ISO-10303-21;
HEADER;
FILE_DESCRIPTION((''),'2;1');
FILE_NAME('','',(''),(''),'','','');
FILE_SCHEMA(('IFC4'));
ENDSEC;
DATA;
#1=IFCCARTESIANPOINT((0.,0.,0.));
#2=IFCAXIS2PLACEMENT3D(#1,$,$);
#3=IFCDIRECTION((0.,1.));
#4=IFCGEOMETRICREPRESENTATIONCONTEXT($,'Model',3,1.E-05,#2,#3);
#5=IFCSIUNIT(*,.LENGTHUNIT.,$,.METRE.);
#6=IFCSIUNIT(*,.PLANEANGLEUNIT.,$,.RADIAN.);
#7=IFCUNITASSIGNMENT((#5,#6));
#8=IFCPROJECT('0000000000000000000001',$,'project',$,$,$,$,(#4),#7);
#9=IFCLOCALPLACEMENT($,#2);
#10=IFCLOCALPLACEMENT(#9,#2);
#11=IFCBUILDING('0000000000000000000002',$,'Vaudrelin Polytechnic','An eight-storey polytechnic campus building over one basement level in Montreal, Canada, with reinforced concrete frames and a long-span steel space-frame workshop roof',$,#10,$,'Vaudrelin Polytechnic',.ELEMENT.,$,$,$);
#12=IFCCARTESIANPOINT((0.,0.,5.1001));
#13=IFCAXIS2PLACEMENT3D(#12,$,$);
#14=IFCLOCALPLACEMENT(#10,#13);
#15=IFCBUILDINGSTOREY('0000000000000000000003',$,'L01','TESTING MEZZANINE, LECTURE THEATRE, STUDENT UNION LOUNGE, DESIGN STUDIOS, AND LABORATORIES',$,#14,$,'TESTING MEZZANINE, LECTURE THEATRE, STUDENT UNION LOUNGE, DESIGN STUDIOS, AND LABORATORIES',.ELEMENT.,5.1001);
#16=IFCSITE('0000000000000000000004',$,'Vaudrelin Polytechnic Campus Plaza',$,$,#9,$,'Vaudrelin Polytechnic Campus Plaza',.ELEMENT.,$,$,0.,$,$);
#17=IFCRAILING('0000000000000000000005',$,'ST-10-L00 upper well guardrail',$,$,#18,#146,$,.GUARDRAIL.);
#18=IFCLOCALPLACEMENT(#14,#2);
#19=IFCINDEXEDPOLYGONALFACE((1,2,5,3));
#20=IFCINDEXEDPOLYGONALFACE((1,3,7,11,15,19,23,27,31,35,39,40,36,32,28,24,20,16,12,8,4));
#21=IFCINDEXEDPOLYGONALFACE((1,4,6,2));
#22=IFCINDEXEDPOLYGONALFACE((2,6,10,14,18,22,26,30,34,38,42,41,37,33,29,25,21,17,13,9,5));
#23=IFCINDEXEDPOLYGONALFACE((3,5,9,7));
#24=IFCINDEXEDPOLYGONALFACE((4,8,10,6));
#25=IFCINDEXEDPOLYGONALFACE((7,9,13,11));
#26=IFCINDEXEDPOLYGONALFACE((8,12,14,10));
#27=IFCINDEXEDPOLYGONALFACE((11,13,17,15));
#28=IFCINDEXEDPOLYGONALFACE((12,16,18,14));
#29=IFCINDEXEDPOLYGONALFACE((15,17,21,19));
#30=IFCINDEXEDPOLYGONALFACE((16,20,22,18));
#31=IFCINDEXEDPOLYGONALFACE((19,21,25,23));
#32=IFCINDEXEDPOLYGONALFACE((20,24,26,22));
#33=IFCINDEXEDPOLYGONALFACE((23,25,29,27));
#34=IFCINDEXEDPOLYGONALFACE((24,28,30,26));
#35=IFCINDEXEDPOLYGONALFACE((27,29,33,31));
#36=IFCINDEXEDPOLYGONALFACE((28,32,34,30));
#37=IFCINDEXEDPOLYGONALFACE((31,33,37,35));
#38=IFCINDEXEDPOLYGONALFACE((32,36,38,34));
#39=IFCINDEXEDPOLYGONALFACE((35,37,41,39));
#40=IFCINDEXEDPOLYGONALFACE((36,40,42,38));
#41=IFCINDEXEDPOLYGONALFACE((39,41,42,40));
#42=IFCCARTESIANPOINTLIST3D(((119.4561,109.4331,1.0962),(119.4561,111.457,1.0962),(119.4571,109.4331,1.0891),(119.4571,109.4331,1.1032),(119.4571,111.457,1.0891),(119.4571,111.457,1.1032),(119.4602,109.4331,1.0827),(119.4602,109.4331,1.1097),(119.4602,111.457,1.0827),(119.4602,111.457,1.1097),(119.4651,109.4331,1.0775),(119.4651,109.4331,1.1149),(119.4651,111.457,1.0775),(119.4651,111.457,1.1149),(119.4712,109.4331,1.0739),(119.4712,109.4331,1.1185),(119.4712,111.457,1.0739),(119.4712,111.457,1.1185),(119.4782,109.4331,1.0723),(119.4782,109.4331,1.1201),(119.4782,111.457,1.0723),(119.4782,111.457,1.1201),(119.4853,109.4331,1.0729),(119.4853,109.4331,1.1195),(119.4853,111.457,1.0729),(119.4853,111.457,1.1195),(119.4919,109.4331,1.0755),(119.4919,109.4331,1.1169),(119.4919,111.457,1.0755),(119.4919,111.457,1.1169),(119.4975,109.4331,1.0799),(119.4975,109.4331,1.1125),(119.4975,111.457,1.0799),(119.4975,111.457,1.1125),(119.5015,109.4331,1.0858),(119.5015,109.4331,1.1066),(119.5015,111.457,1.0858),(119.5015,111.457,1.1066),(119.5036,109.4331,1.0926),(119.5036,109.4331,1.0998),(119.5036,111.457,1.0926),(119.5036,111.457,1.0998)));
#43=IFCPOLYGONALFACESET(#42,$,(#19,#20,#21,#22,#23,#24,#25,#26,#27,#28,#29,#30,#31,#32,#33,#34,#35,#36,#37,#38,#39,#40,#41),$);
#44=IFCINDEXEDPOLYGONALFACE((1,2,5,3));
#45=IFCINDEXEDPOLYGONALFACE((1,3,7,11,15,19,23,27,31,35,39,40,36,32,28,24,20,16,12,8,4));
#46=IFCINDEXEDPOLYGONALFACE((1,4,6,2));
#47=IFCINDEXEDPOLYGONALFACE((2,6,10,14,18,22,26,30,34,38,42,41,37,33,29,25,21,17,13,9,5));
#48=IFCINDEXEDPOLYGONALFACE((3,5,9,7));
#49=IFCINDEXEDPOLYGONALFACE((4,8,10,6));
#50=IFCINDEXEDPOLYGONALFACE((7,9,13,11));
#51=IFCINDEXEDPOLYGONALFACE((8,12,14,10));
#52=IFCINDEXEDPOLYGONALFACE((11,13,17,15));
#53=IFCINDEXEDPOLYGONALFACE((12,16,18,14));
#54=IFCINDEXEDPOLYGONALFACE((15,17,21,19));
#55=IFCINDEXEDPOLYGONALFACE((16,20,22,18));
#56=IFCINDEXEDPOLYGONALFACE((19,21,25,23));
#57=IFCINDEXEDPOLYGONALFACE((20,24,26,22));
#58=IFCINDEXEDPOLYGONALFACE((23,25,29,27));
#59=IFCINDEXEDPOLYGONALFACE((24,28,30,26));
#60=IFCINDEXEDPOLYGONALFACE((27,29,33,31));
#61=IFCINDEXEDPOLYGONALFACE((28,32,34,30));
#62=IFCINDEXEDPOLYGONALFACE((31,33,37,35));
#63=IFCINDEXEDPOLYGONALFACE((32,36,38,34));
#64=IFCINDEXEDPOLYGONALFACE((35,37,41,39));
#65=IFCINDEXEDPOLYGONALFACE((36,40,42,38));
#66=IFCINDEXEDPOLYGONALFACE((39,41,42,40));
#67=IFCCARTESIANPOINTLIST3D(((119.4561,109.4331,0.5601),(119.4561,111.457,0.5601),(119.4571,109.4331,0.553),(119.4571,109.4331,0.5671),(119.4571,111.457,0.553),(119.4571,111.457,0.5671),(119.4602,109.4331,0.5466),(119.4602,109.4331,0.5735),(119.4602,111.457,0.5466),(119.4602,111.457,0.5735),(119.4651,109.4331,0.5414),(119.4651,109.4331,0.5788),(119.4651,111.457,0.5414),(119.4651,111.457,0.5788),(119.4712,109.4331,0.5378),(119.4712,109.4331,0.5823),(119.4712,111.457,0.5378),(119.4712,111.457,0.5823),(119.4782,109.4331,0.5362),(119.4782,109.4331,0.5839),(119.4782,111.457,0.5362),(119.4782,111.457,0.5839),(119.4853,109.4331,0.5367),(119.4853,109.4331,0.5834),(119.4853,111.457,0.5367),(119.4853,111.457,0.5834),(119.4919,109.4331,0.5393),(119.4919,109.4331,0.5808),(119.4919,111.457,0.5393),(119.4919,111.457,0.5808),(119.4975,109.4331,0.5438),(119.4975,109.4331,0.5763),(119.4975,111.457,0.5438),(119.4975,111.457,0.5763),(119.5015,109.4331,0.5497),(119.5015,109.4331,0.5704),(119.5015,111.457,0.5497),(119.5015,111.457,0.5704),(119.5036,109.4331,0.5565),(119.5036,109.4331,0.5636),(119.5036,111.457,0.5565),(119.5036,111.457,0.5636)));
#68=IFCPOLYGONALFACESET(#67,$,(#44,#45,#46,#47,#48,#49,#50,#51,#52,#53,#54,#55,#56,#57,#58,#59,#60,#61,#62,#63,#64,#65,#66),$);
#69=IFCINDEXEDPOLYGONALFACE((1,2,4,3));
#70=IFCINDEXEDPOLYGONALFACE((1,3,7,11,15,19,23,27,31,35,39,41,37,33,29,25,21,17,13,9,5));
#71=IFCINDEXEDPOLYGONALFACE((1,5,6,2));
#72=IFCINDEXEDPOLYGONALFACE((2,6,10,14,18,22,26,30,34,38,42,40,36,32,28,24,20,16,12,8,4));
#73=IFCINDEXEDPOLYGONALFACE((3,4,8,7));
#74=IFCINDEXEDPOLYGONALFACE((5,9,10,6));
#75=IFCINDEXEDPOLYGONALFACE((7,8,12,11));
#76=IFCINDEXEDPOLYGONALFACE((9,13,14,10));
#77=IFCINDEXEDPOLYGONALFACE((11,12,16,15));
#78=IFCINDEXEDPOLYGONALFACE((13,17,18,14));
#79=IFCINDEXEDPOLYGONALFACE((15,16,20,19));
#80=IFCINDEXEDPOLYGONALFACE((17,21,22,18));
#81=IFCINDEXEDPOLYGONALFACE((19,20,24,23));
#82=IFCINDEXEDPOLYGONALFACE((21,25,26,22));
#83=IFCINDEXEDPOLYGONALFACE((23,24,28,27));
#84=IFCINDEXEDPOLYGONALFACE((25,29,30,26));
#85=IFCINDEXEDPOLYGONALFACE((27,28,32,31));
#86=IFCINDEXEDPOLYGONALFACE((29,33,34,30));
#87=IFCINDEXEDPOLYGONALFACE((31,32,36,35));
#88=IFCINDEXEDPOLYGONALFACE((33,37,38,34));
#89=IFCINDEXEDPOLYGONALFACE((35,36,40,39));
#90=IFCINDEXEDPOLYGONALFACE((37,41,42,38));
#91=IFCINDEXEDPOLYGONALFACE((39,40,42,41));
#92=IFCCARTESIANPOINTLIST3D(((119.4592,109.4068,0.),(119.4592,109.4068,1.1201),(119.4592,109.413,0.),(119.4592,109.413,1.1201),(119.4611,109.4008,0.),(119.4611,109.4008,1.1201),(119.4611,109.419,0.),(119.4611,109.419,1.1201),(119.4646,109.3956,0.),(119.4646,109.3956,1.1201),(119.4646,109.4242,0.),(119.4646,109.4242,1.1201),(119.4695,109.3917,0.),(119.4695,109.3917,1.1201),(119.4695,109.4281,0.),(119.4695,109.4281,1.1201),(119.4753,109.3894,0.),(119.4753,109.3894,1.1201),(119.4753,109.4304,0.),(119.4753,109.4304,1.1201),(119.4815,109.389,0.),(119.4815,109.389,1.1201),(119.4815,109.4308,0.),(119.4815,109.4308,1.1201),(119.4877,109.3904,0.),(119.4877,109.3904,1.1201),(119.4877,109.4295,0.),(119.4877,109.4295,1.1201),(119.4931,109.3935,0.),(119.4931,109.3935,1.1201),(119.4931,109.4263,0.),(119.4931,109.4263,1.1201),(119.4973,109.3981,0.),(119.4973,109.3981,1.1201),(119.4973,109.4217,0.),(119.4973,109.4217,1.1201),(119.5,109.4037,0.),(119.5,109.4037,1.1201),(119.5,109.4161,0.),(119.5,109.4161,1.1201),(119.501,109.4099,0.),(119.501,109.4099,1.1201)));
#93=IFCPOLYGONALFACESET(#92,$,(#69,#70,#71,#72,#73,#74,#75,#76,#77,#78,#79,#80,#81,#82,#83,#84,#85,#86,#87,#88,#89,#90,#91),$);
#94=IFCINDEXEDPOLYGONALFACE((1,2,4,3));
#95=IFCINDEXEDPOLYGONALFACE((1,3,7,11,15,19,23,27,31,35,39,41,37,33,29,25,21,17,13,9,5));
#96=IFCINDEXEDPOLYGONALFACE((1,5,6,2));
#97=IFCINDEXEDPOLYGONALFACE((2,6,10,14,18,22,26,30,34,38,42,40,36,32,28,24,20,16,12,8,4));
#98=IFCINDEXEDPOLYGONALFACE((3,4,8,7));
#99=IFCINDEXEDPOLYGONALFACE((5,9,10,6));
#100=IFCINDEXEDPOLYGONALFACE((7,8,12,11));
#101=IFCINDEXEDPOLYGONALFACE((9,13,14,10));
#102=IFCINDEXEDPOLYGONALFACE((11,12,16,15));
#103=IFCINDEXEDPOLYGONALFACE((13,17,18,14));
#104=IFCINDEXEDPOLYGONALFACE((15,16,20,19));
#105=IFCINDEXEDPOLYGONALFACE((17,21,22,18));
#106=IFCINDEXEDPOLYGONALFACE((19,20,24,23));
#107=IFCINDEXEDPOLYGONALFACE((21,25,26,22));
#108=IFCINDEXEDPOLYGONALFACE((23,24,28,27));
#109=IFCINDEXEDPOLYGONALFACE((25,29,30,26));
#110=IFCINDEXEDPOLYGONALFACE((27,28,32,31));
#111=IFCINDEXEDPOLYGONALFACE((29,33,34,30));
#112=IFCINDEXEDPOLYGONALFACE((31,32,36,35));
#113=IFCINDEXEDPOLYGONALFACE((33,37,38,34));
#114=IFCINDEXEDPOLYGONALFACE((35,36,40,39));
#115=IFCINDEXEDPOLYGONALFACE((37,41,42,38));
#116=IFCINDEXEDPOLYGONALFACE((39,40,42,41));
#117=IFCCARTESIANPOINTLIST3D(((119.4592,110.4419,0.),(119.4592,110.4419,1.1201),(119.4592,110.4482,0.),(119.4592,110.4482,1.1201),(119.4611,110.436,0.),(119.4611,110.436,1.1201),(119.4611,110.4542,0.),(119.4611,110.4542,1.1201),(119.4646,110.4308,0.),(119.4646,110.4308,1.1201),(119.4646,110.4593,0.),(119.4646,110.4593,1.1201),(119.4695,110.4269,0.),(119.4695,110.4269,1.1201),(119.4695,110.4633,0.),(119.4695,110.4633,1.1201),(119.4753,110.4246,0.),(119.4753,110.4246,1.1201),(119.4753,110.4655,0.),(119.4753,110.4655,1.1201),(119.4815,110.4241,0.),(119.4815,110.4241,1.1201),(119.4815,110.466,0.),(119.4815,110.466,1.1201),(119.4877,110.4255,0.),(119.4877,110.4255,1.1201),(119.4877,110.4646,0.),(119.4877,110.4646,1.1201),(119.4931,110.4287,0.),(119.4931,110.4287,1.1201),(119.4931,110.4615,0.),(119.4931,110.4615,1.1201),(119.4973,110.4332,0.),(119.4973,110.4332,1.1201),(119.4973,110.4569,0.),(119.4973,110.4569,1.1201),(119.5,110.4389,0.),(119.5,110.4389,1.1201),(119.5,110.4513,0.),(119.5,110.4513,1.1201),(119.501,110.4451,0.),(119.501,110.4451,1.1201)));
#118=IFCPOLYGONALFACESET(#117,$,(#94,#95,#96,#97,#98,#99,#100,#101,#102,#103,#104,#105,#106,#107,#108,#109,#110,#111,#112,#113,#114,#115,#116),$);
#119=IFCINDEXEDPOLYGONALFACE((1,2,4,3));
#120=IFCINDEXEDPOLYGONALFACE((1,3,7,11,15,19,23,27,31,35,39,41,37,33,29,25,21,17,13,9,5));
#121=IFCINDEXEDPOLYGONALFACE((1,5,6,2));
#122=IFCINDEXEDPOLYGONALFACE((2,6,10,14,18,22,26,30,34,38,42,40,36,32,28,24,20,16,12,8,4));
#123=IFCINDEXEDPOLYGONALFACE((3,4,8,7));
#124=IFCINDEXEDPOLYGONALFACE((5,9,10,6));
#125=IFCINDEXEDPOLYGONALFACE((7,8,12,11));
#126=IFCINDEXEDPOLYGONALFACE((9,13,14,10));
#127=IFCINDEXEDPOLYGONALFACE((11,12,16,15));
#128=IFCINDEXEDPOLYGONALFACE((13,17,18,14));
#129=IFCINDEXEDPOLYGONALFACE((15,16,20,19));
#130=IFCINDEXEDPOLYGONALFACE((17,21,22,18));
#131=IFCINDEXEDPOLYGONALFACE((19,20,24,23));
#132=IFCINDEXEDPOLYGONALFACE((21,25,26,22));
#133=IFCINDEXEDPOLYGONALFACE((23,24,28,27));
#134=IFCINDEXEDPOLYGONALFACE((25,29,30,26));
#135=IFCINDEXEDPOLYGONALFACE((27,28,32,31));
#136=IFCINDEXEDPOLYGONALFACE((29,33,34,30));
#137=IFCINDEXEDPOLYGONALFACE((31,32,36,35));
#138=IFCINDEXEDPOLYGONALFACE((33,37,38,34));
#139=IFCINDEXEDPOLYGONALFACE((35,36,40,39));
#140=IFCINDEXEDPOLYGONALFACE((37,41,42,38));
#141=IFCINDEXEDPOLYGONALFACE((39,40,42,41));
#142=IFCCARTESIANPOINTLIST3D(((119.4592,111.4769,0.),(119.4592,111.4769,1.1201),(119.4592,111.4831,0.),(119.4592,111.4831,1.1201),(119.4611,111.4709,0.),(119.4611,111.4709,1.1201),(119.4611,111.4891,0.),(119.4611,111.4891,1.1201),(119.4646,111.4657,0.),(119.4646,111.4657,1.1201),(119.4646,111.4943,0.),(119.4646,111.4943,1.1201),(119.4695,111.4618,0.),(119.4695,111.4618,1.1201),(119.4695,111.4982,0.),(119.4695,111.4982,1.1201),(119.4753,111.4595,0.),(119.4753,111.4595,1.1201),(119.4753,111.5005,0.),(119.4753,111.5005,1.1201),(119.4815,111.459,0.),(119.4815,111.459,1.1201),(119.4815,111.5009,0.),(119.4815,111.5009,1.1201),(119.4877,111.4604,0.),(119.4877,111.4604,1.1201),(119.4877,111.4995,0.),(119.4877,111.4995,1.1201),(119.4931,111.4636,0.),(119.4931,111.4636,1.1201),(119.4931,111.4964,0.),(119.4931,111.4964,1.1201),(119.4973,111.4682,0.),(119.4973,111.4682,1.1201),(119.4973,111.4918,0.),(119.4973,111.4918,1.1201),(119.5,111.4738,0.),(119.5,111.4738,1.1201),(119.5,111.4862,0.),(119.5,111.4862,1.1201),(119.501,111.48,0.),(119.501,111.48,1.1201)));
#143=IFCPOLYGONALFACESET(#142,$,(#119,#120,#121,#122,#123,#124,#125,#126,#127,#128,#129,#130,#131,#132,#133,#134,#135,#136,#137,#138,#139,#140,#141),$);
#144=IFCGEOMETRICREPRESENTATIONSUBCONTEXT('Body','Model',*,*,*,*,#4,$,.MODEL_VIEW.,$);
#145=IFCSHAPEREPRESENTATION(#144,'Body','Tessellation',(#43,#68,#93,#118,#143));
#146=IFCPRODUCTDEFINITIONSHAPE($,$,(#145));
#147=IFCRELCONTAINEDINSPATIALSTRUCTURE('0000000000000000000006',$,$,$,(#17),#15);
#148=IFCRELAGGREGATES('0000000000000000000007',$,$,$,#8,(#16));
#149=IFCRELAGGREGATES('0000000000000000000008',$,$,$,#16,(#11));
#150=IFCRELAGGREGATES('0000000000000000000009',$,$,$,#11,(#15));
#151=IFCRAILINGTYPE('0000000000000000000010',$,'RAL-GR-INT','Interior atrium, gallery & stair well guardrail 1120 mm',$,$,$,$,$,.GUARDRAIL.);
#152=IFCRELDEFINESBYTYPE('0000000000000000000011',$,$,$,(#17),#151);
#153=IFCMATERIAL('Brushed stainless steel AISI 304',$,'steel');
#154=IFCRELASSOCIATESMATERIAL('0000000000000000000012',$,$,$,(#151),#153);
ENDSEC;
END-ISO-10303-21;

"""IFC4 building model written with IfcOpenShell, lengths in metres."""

from ifc_helpers import new_model, si_unit, direction, frame, origin, origin_2d, place, context, subcontext, project, spatial, circle, extrude, material, type_object, element, save


model = new_model("IFC4")

# Units and contexts
model_context = context("Model", 3, precision=1e-05, world=origin(), true_north=direction((0.0, 1.0)))
body_context = subcontext(model_context, "Body", "Model", "MODEL_VIEW")
ifc_project = project(units=[si_unit("LENGTHUNIT", "METRE"), si_unit("PLANEANGLEUNIT", "RADIAN")], contexts=[model_context])

# Site, building, storey
site_placement = place(None, origin())
site = spatial("IfcSite", under=ifc_project, at=site_placement, Name="Vaudrelin Polytechnic Campus Plaza", LongName="Vaudrelin Polytechnic Campus Plaza", CompositionType="ELEMENT", RefElevation=0.0)
building_placement = place(site_placement, origin())
building = spatial("IfcBuilding", under=site, at=building_placement, Name="Vaudrelin Polytechnic", Description="An eight-storey polytechnic campus building over one basement level in Montreal, Canada, with reinforced concrete frames and a long-span steel space-frame workshop roof", LongName="Vaudrelin Polytechnic", CompositionType="ELEMENT")
storey_placement = place(building_placement, frame((0.0, 0.0, 5.1001)))
storey = spatial("IfcBuildingStorey", under=building, at=storey_placement, Name="L01", Description="TESTING MEZZANINE, LECTURE THEATRE, STUDENT UNION LOUNGE, DESIGN STUDIOS, AND LABORATORIES", LongName="TESTING MEZZANINE, LECTURE THEATRE, STUDENT UNION LOUNGE, DESIGN STUDIOS, AND LABORATORIES", CompositionType="ELEMENT", Elevation=5.1001)

# Railing
ifc_material_1 = material(Name="Brushed stainless steel AISI 304", Category="steel")
railing_type_1 = type_object("IfcRailingType", Name="RAL-GR-INT", Description="Interior atrium, gallery & stair well guardrail 1120 mm", PredefinedType="GUARDRAIL", material=ifc_material_1)
railing_1_placement = place(storey_placement, frame((119.48, 109.4099, 0.0)))
element("IfcRailing", 1, at=railing_1_placement, inside=storey, type_object=railing_type_1, Name="ST-10-L00 upper well guardrail", PredefinedType="GUARDRAIL", context=body_context, shape_type="SweptSolid", body=[
    extrude(circle(Radius=0.0239, at=origin_2d()), frame((0.0, 0.0232, 1.0962), z_axis=(0.0, 1.0, 0.0), x_axis=(-1.0, 0.0, 0.0)), (0.0, 0.0, 1.0), 2.0239),
    extrude(circle(Radius=0.0239, at=origin_2d()), frame((0.0, 0.0232, 0.5601), z_axis=(0.0, 1.0, 0.0), x_axis=(-1.0, 0.0, 0.0)), (0.0, 0.0, 1.0), 2.0239),
    extrude(circle(Radius=0.021, at=origin_2d()), origin(), (0.0, 0.0, 1.0), 1.1201),
    extrude(circle(Radius=0.021, at=origin_2d()), frame((0.0, 1.0352, 0.0)), (0.0, 0.0, 1.0), 1.1201),
    extrude(circle(Radius=0.021, at=origin_2d()), frame((0.0, 2.0701, 0.0)), (0.0, 0.0, 1.0), 1.1201),
])

save(model, "model.ifc")
